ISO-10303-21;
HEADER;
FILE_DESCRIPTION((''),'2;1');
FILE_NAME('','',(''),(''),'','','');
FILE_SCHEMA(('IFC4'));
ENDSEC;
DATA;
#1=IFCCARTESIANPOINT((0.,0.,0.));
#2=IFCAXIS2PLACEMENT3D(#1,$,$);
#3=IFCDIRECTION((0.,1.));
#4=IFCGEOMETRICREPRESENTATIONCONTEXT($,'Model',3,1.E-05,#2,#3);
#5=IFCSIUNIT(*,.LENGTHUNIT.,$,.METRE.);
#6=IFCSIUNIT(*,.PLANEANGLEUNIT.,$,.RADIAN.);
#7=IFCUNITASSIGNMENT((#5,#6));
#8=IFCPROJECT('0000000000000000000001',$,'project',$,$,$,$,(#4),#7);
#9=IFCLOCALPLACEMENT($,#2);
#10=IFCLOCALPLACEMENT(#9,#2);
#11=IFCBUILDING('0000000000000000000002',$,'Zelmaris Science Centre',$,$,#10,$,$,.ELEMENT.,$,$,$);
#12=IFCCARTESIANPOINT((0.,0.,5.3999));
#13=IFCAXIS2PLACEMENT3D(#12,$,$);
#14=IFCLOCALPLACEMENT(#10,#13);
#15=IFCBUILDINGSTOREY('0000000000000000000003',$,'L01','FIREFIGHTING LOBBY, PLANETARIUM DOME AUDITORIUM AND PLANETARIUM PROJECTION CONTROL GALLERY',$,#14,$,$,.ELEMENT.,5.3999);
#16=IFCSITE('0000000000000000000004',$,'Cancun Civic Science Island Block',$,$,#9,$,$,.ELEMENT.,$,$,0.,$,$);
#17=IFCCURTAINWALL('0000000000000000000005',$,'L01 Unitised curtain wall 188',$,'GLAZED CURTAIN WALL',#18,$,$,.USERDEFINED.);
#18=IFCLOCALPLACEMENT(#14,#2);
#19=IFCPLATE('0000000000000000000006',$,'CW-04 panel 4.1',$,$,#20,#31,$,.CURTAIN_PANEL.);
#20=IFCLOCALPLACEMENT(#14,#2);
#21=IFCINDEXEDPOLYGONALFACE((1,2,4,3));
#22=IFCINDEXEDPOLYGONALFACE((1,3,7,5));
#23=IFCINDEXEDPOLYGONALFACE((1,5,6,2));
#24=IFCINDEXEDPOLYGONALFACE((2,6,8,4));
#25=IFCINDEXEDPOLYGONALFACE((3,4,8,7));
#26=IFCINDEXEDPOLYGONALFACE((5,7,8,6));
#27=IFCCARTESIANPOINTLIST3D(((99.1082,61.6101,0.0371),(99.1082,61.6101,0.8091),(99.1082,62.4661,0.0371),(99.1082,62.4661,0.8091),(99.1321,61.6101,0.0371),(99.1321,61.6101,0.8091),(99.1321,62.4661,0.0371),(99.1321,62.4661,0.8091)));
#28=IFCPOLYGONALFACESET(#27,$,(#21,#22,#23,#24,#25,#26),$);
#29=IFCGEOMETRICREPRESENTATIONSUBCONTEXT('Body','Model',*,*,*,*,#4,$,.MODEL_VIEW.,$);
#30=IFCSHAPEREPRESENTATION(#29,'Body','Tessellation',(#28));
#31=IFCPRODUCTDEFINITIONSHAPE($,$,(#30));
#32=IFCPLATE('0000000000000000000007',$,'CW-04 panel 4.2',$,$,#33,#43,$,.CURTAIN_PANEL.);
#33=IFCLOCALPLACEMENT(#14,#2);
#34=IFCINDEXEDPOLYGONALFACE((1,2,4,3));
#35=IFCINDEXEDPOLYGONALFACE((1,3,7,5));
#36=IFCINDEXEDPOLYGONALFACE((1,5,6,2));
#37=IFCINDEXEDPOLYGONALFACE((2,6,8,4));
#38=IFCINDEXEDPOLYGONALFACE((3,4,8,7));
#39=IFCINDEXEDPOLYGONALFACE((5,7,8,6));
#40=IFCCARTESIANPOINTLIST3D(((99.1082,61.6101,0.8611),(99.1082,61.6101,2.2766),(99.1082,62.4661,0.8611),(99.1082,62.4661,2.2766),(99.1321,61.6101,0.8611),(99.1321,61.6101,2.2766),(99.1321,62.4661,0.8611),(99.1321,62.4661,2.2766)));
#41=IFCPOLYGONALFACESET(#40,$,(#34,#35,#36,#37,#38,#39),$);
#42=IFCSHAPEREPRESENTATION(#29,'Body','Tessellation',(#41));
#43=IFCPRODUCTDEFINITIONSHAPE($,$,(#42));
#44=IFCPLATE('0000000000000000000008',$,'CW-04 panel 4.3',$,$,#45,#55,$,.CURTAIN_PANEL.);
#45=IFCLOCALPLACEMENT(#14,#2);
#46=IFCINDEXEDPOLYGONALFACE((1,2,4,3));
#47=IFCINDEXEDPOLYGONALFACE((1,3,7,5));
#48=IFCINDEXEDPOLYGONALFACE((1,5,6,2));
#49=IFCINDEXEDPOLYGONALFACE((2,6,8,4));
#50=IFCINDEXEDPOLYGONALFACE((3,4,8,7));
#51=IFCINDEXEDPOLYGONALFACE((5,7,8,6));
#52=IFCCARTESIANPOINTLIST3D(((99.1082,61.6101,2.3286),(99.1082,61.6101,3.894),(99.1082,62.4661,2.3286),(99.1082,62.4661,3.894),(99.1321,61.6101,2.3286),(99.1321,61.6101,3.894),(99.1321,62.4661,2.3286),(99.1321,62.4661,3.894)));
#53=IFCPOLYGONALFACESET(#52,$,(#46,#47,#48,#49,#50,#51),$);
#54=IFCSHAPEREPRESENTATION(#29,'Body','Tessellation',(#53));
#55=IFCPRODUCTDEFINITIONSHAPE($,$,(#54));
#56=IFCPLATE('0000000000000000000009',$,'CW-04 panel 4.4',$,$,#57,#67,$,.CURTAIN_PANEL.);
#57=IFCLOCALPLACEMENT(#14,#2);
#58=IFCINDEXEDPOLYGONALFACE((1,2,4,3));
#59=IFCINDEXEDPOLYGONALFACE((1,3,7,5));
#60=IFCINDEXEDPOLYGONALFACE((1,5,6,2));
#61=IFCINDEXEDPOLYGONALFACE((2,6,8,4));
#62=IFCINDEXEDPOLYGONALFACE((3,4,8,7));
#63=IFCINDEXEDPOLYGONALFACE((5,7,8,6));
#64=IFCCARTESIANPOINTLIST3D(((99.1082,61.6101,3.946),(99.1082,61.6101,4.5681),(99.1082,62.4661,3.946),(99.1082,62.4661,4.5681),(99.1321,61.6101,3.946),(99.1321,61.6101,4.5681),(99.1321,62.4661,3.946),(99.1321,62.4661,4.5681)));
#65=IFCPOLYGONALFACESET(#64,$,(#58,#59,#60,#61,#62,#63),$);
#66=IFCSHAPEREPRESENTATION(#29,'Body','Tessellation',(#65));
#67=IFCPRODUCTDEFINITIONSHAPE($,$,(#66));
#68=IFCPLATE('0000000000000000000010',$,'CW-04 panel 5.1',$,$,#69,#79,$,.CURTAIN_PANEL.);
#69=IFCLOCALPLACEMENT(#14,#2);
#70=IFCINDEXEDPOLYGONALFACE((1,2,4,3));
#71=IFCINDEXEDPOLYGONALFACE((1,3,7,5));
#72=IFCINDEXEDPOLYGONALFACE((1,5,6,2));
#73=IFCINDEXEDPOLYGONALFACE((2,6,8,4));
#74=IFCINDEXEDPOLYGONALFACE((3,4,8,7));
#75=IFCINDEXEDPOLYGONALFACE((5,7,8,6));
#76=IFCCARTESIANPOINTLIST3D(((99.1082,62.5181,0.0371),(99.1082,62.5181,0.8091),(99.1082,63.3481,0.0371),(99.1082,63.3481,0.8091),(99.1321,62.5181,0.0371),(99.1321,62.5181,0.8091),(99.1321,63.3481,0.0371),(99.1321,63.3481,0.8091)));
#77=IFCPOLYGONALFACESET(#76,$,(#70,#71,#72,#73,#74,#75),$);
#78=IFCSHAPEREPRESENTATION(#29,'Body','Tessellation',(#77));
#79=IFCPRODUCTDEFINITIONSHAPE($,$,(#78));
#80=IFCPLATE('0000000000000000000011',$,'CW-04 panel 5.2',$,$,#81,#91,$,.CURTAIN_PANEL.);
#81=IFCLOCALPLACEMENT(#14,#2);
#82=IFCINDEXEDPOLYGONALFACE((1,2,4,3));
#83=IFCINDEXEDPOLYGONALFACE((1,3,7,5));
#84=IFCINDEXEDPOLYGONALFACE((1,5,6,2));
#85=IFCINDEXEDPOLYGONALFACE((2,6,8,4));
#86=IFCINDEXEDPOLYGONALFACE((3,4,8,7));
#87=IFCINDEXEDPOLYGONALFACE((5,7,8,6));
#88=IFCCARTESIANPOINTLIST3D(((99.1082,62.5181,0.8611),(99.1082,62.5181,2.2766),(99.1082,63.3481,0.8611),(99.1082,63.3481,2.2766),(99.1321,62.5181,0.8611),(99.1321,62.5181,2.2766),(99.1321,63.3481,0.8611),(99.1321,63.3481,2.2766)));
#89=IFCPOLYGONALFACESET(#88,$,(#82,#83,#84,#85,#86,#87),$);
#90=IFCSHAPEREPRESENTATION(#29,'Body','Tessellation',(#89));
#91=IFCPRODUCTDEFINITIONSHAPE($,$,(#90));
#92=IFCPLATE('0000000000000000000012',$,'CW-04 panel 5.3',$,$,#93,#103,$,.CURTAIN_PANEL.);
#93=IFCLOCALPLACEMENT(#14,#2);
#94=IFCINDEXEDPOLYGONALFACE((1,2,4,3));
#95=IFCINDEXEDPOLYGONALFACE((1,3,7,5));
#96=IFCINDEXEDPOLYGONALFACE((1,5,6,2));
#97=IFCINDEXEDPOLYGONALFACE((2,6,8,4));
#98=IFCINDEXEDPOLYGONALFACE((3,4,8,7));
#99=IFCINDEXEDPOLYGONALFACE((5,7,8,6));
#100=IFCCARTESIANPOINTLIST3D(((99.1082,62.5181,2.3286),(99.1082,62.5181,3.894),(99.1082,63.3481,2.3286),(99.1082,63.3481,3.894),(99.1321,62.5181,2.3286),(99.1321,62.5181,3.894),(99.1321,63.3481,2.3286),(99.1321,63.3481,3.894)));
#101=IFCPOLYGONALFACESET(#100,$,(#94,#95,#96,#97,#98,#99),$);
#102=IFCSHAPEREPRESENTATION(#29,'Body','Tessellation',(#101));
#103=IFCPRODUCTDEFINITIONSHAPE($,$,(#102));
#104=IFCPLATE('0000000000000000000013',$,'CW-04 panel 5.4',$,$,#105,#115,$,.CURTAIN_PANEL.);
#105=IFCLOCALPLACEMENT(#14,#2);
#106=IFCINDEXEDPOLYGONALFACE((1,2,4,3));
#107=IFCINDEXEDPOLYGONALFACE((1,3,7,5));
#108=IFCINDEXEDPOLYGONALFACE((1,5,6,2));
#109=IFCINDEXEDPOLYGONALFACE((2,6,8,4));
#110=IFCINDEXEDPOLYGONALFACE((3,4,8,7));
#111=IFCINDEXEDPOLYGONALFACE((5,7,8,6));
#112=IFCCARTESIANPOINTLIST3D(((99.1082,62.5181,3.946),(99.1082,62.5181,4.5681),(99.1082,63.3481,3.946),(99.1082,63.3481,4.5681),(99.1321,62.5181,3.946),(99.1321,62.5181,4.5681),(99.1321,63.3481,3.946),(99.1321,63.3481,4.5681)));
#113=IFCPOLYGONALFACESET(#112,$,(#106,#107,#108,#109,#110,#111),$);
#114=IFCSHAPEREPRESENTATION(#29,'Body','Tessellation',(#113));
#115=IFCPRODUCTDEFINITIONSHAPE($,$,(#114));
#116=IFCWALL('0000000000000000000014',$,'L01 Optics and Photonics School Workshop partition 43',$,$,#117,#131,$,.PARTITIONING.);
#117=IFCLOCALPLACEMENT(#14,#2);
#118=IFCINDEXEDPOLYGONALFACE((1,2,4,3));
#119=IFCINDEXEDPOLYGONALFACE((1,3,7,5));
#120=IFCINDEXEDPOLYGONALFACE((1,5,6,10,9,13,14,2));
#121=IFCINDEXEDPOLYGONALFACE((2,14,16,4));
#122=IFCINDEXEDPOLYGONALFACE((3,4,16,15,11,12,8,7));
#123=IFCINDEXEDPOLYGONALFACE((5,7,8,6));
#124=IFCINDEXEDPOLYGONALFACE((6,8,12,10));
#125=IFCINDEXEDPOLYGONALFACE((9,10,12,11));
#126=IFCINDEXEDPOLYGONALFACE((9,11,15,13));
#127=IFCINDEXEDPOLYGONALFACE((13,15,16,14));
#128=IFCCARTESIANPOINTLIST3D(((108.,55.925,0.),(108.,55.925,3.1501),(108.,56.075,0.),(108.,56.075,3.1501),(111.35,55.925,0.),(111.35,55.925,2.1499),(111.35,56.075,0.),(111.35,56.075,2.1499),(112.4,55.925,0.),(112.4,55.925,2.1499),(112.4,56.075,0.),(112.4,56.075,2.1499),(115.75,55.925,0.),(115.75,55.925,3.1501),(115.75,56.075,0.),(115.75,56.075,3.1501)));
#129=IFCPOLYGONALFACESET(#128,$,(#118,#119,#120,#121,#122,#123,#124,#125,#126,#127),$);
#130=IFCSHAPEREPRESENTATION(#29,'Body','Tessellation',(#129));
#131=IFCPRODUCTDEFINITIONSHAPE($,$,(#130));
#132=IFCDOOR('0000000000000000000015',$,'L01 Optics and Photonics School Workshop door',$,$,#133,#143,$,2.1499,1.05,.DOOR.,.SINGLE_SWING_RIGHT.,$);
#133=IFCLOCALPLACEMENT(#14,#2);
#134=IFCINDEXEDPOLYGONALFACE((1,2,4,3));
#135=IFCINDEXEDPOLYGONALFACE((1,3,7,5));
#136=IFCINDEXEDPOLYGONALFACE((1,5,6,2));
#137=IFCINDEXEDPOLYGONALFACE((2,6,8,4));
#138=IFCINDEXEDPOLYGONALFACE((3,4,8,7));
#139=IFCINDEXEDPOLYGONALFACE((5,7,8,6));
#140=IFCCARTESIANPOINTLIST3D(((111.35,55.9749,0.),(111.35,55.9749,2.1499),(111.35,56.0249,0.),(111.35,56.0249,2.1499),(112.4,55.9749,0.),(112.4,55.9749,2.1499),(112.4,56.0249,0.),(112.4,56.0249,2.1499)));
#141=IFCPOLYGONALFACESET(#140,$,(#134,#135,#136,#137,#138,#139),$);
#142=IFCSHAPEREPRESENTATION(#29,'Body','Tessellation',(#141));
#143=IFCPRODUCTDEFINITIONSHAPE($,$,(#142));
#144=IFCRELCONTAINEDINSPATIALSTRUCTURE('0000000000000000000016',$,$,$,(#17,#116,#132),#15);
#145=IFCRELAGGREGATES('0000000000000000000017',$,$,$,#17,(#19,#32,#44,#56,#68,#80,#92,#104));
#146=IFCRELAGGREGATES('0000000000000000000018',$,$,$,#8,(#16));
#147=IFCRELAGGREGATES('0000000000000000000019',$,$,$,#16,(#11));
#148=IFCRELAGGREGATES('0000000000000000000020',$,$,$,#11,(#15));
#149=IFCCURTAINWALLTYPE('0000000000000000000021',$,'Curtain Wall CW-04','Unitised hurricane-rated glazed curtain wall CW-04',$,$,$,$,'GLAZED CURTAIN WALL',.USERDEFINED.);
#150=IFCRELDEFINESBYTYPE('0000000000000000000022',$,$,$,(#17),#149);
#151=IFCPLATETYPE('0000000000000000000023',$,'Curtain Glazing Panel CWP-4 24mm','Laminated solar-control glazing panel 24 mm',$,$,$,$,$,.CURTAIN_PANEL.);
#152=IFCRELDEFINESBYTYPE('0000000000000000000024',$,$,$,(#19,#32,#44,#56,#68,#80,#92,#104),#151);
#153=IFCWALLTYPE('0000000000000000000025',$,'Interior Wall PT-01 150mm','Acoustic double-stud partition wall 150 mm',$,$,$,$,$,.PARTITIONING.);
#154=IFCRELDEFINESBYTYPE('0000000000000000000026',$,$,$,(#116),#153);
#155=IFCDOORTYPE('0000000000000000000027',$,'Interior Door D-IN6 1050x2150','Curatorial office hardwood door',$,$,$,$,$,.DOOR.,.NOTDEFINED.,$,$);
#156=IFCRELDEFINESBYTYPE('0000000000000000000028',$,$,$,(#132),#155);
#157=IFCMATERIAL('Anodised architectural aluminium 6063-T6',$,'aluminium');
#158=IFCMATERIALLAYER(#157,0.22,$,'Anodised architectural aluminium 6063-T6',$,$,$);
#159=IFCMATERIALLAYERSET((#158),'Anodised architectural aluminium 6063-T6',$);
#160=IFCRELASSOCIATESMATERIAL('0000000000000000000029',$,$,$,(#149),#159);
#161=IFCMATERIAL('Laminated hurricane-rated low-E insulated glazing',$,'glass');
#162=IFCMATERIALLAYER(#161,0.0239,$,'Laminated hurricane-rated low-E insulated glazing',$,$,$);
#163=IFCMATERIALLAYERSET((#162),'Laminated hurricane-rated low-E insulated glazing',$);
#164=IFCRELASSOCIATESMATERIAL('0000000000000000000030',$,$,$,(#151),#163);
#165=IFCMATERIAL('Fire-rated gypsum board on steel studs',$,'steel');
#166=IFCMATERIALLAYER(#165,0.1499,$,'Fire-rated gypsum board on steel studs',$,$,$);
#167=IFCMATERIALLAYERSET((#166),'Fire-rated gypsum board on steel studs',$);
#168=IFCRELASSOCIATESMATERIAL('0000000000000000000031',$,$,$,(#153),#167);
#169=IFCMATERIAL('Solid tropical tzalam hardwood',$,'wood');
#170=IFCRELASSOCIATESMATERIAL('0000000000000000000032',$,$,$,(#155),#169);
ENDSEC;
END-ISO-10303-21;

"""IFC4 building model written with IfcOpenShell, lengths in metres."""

from ifc_helpers import new_model, si_unit, direction, frame, frame_2d, origin, origin_2d, place, context, subcontext, project, spatial, rectangle, extrude, material, layer, layer_set, type_object, element, fill, aggregate, save


model = new_model("IFC4")

# Units and contexts
model_context = context("Model", 3, precision=1e-05, world=origin(), true_north=direction((0.0, 1.0)))
body_context = subcontext(model_context, "Body", "Model", "MODEL_VIEW")
ifc_project = project(units=[si_unit("LENGTHUNIT", "METRE"), si_unit("PLANEANGLEUNIT", "RADIAN")], contexts=[model_context])

# Site, building, storey
site_placement = place(None, origin())
site = spatial("IfcSite", under=ifc_project, at=site_placement, Name="Cancun Civic Science Island Block", CompositionType="ELEMENT", RefElevation=0.0)
building_placement = place(site_placement, origin())
building = spatial("IfcBuilding", under=site, at=building_placement, Name="Zelmaris Science Centre", CompositionType="ELEMENT")
storey_placement = place(building_placement, frame((0.0, 0.0, 5.3999)))
storey = spatial("IfcBuildingStorey", under=building, at=storey_placement, Name="L01", Description="FIREFIGHTING LOBBY, PLANETARIUM DOME AUDITORIUM AND PLANETARIUM PROJECTION CONTROL GALLERY", CompositionType="ELEMENT", Elevation=5.3999)

# Curtain wall
ifc_material_1 = material(Name="Anodised architectural aluminium 6063-T6", Category="aluminium")
ifc_layer_1 = layer(ifc_material_1, 0.22, Name="Anodised architectural aluminium 6063-T6")
ifc_layer_set_1 = layer_set([ifc_layer_1], Name="Anodised architectural aluminium 6063-T6")
curtain_wall_type_1 = type_object("IfcCurtainWallType", Name="Curtain Wall CW-04", Description="Unitised hurricane-rated glazed curtain wall CW-04", ElementType="GLAZED CURTAIN WALL", PredefinedType="USERDEFINED", material=ifc_layer_set_1)
curtain_wall_1_placement = place(storey_placement, origin())
curtain_wall_1 = element("IfcCurtainWall", 1, at=curtain_wall_1_placement, inside=storey, type_object=curtain_wall_type_1, Name="L01 Unitised curtain wall 188", ObjectType="GLAZED CURTAIN WALL", PredefinedType="USERDEFINED")

# Plates
ifc_material_2 = material(Name="Laminated hurricane-rated low-E insulated glazing", Category="glass")
ifc_layer_2 = layer(ifc_material_2, 0.0239, Name="Laminated hurricane-rated low-E insulated glazing")
ifc_layer_set_2 = layer_set([ifc_layer_2], Name="Laminated hurricane-rated low-E insulated glazing")
plate_type_1 = type_object("IfcPlateType", Name="Curtain Glazing Panel CWP-4 24mm", Description="Laminated solar-control glazing panel 24 mm", PredefinedType="CURTAIN_PANEL", material=ifc_layer_set_2)
plate_1_placement = place(storey_placement, frame((99.1201, 62.0381, 0.0371), z_axis=(0.0, 0.0, 1.0), x_axis=(0.0, 1.0, 0.0)))
plate_1 = element("IfcPlate", 2, at=plate_1_placement, type_object=plate_type_1, Name="CW-04 panel 4.1", PredefinedType="CURTAIN_PANEL", context=body_context, shape_type="SweptSolid", body=[
    extrude(rectangle(XDim=0.856, YDim=0.0239, at=origin_2d()), origin(), (0.0, 0.0, 1.0), 0.772),
])
plate_2_placement = place(storey_placement, frame((99.1201, 62.0381, 0.8611), z_axis=(0.0, 0.0, 1.0), x_axis=(0.0, 1.0, 0.0)))
plate_2 = element("IfcPlate", 3, at=plate_2_placement, type_object=plate_type_1, Name="CW-04 panel 4.2", PredefinedType="CURTAIN_PANEL", context=body_context, shape_type="SweptSolid", body=[
    extrude(rectangle(XDim=0.856, YDim=0.0239, at=origin_2d()), origin(), (0.0, 0.0, 1.0), 1.4155),
])
plate_3_placement = place(storey_placement, frame((99.1201, 62.0381, 2.3286), z_axis=(0.0, 0.0, 1.0), x_axis=(0.0, 1.0, 0.0)))
plate_3 = element("IfcPlate", 4, at=plate_3_placement, type_object=plate_type_1, Name="CW-04 panel 4.3", PredefinedType="CURTAIN_PANEL", context=body_context, shape_type="SweptSolid", body=[
    extrude(rectangle(XDim=0.856, YDim=0.0239, at=origin_2d()), origin(), (0.0, 0.0, 1.0), 1.5654),
])
plate_4_placement = place(storey_placement, frame((99.1201, 62.0381, 3.946), z_axis=(0.0, 0.0, 1.0), x_axis=(0.0, 1.0, 0.0)))
plate_4 = element("IfcPlate", 5, at=plate_4_placement, type_object=plate_type_1, Name="CW-04 panel 4.4", PredefinedType="CURTAIN_PANEL", context=body_context, shape_type="SweptSolid", body=[
    extrude(rectangle(XDim=0.856, YDim=0.0239, at=origin_2d()), origin(), (0.0, 0.0, 1.0), 0.6221),
])
plate_5_placement = place(storey_placement, frame((99.1201, 62.9331, 0.0371), z_axis=(0.0, 0.0, 1.0), x_axis=(0.0, 1.0, 0.0)))
plate_5 = element("IfcPlate", 6, at=plate_5_placement, type_object=plate_type_1, Name="CW-04 panel 5.1", PredefinedType="CURTAIN_PANEL", context=body_context, shape_type="SweptSolid", body=[
    extrude(rectangle(XDim=0.8301, YDim=0.0239, at=origin_2d()), origin(), (0.0, 0.0, 1.0), 0.772),
])
plate_6_placement = place(storey_placement, frame((99.1201, 62.9331, 0.8611), z_axis=(0.0, 0.0, 1.0), x_axis=(0.0, 1.0, 0.0)))
plate_6 = element("IfcPlate", 7, at=plate_6_placement, type_object=plate_type_1, Name="CW-04 panel 5.2", PredefinedType="CURTAIN_PANEL", context=body_context, shape_type="SweptSolid", body=[
    extrude(rectangle(XDim=0.8301, YDim=0.0239, at=origin_2d()), origin(), (0.0, 0.0, 1.0), 1.4155),
])
plate_7_placement = place(storey_placement, frame((99.1201, 62.9331, 2.3286), z_axis=(0.0, 0.0, 1.0), x_axis=(0.0, 1.0, 0.0)))
plate_7 = element("IfcPlate", 8, at=plate_7_placement, type_object=plate_type_1, Name="CW-04 panel 5.3", PredefinedType="CURTAIN_PANEL", context=body_context, shape_type="SweptSolid", body=[
    extrude(rectangle(XDim=0.8301, YDim=0.0239, at=origin_2d()), origin(), (0.0, 0.0, 1.0), 1.5654),
])
plate_8_placement = place(storey_placement, frame((99.1201, 62.9331, 3.946), z_axis=(0.0, 0.0, 1.0), x_axis=(0.0, 1.0, 0.0)))
plate_8 = element("IfcPlate", 9, at=plate_8_placement, type_object=plate_type_1, Name="CW-04 panel 5.4", PredefinedType="CURTAIN_PANEL", context=body_context, shape_type="SweptSolid", body=[
    extrude(rectangle(XDim=0.8301, YDim=0.0239, at=origin_2d()), origin(), (0.0, 0.0, 1.0), 0.6221),
])
aggregate(curtain_wall_1, [plate_1, plate_2, plate_3, plate_4, plate_5, plate_6, plate_7, plate_8])

# Wall, opening, door
ifc_material_3 = material(Name="Fire-rated gypsum board on steel studs", Category="steel")
ifc_layer_3 = layer(ifc_material_3, 0.1499, Name="Fire-rated gypsum board on steel studs")
ifc_layer_set_3 = layer_set([ifc_layer_3], Name="Fire-rated gypsum board on steel studs")
wall_type = type_object("IfcWallType", Name="Interior Wall PT-01 150mm", Description="Acoustic double-stud partition wall 150 mm", PredefinedType="PARTITIONING", material=ifc_layer_set_3)
wall_placement = place(storey_placement, frame((108.0, 56.0, 0.0), z_axis=(0.0, 0.0, 1.0), x_axis=(1.0, 0.0, 0.0)))
wall = element("IfcWall", 10, at=wall_placement, inside=storey, type_object=wall_type, Name="L01 Optics and Photonics School Workshop partition 43", PredefinedType="PARTITIONING", context=body_context, shape_type="SweptSolid", body=[
    extrude(rectangle(XDim=7.75, YDim=0.1499, at=frame_2d((3.875, 0.0))), origin(), (0.0, 0.0, 1.0), 3.1501),
])
opening_placement = place(wall_placement, frame((3.3501, 0.0, 0.0)))
opening = element("IfcOpeningElement", 11, at=opening_placement, cuts=wall, PredefinedType="OPENING", context=body_context, shape_type="SweptSolid", body=[
    extrude(rectangle(XDim=1.05, YDim=2.1499, at=frame_2d((0.5249, 1.075))), frame((0.0, 0.085, 0.0), z_axis=(0.0, -1.0, 0.0), x_axis=(1.0, 0.0, 0.0)), (0.0, 0.0, 1.0), 0.1699),
])
ifc_material_4 = material(Name="Solid tropical tzalam hardwood", Category="wood")
door_type = type_object("IfcDoorType", Name="Interior Door D-IN6 1050x2150", Description="Curatorial office hardwood door", OperationType="NOTDEFINED", PredefinedType="DOOR", material=ifc_material_4)
door_placement = place(opening_placement, origin())
door = element("IfcDoor", 12, at=door_placement, inside=storey, type_object=door_type, Name="L01 Optics and Photonics School Workshop door", OperationType="SINGLE_SWING_RIGHT", OverallHeight=2.1499, OverallWidth=1.05, PredefinedType="DOOR", context=body_context, shape_type="SweptSolid", body=[
    extrude(rectangle(XDim=1.05, YDim=2.1499, at=frame_2d((0.5249, 1.075))), frame((0.0, 0.0249, 0.0), z_axis=(0.0, -1.0, 0.0), x_axis=(1.0, 0.0, 0.0)), (0.0, 0.0, 1.0), 0.05),
])
fill(opening, door)

save(model, "model.ifc")
